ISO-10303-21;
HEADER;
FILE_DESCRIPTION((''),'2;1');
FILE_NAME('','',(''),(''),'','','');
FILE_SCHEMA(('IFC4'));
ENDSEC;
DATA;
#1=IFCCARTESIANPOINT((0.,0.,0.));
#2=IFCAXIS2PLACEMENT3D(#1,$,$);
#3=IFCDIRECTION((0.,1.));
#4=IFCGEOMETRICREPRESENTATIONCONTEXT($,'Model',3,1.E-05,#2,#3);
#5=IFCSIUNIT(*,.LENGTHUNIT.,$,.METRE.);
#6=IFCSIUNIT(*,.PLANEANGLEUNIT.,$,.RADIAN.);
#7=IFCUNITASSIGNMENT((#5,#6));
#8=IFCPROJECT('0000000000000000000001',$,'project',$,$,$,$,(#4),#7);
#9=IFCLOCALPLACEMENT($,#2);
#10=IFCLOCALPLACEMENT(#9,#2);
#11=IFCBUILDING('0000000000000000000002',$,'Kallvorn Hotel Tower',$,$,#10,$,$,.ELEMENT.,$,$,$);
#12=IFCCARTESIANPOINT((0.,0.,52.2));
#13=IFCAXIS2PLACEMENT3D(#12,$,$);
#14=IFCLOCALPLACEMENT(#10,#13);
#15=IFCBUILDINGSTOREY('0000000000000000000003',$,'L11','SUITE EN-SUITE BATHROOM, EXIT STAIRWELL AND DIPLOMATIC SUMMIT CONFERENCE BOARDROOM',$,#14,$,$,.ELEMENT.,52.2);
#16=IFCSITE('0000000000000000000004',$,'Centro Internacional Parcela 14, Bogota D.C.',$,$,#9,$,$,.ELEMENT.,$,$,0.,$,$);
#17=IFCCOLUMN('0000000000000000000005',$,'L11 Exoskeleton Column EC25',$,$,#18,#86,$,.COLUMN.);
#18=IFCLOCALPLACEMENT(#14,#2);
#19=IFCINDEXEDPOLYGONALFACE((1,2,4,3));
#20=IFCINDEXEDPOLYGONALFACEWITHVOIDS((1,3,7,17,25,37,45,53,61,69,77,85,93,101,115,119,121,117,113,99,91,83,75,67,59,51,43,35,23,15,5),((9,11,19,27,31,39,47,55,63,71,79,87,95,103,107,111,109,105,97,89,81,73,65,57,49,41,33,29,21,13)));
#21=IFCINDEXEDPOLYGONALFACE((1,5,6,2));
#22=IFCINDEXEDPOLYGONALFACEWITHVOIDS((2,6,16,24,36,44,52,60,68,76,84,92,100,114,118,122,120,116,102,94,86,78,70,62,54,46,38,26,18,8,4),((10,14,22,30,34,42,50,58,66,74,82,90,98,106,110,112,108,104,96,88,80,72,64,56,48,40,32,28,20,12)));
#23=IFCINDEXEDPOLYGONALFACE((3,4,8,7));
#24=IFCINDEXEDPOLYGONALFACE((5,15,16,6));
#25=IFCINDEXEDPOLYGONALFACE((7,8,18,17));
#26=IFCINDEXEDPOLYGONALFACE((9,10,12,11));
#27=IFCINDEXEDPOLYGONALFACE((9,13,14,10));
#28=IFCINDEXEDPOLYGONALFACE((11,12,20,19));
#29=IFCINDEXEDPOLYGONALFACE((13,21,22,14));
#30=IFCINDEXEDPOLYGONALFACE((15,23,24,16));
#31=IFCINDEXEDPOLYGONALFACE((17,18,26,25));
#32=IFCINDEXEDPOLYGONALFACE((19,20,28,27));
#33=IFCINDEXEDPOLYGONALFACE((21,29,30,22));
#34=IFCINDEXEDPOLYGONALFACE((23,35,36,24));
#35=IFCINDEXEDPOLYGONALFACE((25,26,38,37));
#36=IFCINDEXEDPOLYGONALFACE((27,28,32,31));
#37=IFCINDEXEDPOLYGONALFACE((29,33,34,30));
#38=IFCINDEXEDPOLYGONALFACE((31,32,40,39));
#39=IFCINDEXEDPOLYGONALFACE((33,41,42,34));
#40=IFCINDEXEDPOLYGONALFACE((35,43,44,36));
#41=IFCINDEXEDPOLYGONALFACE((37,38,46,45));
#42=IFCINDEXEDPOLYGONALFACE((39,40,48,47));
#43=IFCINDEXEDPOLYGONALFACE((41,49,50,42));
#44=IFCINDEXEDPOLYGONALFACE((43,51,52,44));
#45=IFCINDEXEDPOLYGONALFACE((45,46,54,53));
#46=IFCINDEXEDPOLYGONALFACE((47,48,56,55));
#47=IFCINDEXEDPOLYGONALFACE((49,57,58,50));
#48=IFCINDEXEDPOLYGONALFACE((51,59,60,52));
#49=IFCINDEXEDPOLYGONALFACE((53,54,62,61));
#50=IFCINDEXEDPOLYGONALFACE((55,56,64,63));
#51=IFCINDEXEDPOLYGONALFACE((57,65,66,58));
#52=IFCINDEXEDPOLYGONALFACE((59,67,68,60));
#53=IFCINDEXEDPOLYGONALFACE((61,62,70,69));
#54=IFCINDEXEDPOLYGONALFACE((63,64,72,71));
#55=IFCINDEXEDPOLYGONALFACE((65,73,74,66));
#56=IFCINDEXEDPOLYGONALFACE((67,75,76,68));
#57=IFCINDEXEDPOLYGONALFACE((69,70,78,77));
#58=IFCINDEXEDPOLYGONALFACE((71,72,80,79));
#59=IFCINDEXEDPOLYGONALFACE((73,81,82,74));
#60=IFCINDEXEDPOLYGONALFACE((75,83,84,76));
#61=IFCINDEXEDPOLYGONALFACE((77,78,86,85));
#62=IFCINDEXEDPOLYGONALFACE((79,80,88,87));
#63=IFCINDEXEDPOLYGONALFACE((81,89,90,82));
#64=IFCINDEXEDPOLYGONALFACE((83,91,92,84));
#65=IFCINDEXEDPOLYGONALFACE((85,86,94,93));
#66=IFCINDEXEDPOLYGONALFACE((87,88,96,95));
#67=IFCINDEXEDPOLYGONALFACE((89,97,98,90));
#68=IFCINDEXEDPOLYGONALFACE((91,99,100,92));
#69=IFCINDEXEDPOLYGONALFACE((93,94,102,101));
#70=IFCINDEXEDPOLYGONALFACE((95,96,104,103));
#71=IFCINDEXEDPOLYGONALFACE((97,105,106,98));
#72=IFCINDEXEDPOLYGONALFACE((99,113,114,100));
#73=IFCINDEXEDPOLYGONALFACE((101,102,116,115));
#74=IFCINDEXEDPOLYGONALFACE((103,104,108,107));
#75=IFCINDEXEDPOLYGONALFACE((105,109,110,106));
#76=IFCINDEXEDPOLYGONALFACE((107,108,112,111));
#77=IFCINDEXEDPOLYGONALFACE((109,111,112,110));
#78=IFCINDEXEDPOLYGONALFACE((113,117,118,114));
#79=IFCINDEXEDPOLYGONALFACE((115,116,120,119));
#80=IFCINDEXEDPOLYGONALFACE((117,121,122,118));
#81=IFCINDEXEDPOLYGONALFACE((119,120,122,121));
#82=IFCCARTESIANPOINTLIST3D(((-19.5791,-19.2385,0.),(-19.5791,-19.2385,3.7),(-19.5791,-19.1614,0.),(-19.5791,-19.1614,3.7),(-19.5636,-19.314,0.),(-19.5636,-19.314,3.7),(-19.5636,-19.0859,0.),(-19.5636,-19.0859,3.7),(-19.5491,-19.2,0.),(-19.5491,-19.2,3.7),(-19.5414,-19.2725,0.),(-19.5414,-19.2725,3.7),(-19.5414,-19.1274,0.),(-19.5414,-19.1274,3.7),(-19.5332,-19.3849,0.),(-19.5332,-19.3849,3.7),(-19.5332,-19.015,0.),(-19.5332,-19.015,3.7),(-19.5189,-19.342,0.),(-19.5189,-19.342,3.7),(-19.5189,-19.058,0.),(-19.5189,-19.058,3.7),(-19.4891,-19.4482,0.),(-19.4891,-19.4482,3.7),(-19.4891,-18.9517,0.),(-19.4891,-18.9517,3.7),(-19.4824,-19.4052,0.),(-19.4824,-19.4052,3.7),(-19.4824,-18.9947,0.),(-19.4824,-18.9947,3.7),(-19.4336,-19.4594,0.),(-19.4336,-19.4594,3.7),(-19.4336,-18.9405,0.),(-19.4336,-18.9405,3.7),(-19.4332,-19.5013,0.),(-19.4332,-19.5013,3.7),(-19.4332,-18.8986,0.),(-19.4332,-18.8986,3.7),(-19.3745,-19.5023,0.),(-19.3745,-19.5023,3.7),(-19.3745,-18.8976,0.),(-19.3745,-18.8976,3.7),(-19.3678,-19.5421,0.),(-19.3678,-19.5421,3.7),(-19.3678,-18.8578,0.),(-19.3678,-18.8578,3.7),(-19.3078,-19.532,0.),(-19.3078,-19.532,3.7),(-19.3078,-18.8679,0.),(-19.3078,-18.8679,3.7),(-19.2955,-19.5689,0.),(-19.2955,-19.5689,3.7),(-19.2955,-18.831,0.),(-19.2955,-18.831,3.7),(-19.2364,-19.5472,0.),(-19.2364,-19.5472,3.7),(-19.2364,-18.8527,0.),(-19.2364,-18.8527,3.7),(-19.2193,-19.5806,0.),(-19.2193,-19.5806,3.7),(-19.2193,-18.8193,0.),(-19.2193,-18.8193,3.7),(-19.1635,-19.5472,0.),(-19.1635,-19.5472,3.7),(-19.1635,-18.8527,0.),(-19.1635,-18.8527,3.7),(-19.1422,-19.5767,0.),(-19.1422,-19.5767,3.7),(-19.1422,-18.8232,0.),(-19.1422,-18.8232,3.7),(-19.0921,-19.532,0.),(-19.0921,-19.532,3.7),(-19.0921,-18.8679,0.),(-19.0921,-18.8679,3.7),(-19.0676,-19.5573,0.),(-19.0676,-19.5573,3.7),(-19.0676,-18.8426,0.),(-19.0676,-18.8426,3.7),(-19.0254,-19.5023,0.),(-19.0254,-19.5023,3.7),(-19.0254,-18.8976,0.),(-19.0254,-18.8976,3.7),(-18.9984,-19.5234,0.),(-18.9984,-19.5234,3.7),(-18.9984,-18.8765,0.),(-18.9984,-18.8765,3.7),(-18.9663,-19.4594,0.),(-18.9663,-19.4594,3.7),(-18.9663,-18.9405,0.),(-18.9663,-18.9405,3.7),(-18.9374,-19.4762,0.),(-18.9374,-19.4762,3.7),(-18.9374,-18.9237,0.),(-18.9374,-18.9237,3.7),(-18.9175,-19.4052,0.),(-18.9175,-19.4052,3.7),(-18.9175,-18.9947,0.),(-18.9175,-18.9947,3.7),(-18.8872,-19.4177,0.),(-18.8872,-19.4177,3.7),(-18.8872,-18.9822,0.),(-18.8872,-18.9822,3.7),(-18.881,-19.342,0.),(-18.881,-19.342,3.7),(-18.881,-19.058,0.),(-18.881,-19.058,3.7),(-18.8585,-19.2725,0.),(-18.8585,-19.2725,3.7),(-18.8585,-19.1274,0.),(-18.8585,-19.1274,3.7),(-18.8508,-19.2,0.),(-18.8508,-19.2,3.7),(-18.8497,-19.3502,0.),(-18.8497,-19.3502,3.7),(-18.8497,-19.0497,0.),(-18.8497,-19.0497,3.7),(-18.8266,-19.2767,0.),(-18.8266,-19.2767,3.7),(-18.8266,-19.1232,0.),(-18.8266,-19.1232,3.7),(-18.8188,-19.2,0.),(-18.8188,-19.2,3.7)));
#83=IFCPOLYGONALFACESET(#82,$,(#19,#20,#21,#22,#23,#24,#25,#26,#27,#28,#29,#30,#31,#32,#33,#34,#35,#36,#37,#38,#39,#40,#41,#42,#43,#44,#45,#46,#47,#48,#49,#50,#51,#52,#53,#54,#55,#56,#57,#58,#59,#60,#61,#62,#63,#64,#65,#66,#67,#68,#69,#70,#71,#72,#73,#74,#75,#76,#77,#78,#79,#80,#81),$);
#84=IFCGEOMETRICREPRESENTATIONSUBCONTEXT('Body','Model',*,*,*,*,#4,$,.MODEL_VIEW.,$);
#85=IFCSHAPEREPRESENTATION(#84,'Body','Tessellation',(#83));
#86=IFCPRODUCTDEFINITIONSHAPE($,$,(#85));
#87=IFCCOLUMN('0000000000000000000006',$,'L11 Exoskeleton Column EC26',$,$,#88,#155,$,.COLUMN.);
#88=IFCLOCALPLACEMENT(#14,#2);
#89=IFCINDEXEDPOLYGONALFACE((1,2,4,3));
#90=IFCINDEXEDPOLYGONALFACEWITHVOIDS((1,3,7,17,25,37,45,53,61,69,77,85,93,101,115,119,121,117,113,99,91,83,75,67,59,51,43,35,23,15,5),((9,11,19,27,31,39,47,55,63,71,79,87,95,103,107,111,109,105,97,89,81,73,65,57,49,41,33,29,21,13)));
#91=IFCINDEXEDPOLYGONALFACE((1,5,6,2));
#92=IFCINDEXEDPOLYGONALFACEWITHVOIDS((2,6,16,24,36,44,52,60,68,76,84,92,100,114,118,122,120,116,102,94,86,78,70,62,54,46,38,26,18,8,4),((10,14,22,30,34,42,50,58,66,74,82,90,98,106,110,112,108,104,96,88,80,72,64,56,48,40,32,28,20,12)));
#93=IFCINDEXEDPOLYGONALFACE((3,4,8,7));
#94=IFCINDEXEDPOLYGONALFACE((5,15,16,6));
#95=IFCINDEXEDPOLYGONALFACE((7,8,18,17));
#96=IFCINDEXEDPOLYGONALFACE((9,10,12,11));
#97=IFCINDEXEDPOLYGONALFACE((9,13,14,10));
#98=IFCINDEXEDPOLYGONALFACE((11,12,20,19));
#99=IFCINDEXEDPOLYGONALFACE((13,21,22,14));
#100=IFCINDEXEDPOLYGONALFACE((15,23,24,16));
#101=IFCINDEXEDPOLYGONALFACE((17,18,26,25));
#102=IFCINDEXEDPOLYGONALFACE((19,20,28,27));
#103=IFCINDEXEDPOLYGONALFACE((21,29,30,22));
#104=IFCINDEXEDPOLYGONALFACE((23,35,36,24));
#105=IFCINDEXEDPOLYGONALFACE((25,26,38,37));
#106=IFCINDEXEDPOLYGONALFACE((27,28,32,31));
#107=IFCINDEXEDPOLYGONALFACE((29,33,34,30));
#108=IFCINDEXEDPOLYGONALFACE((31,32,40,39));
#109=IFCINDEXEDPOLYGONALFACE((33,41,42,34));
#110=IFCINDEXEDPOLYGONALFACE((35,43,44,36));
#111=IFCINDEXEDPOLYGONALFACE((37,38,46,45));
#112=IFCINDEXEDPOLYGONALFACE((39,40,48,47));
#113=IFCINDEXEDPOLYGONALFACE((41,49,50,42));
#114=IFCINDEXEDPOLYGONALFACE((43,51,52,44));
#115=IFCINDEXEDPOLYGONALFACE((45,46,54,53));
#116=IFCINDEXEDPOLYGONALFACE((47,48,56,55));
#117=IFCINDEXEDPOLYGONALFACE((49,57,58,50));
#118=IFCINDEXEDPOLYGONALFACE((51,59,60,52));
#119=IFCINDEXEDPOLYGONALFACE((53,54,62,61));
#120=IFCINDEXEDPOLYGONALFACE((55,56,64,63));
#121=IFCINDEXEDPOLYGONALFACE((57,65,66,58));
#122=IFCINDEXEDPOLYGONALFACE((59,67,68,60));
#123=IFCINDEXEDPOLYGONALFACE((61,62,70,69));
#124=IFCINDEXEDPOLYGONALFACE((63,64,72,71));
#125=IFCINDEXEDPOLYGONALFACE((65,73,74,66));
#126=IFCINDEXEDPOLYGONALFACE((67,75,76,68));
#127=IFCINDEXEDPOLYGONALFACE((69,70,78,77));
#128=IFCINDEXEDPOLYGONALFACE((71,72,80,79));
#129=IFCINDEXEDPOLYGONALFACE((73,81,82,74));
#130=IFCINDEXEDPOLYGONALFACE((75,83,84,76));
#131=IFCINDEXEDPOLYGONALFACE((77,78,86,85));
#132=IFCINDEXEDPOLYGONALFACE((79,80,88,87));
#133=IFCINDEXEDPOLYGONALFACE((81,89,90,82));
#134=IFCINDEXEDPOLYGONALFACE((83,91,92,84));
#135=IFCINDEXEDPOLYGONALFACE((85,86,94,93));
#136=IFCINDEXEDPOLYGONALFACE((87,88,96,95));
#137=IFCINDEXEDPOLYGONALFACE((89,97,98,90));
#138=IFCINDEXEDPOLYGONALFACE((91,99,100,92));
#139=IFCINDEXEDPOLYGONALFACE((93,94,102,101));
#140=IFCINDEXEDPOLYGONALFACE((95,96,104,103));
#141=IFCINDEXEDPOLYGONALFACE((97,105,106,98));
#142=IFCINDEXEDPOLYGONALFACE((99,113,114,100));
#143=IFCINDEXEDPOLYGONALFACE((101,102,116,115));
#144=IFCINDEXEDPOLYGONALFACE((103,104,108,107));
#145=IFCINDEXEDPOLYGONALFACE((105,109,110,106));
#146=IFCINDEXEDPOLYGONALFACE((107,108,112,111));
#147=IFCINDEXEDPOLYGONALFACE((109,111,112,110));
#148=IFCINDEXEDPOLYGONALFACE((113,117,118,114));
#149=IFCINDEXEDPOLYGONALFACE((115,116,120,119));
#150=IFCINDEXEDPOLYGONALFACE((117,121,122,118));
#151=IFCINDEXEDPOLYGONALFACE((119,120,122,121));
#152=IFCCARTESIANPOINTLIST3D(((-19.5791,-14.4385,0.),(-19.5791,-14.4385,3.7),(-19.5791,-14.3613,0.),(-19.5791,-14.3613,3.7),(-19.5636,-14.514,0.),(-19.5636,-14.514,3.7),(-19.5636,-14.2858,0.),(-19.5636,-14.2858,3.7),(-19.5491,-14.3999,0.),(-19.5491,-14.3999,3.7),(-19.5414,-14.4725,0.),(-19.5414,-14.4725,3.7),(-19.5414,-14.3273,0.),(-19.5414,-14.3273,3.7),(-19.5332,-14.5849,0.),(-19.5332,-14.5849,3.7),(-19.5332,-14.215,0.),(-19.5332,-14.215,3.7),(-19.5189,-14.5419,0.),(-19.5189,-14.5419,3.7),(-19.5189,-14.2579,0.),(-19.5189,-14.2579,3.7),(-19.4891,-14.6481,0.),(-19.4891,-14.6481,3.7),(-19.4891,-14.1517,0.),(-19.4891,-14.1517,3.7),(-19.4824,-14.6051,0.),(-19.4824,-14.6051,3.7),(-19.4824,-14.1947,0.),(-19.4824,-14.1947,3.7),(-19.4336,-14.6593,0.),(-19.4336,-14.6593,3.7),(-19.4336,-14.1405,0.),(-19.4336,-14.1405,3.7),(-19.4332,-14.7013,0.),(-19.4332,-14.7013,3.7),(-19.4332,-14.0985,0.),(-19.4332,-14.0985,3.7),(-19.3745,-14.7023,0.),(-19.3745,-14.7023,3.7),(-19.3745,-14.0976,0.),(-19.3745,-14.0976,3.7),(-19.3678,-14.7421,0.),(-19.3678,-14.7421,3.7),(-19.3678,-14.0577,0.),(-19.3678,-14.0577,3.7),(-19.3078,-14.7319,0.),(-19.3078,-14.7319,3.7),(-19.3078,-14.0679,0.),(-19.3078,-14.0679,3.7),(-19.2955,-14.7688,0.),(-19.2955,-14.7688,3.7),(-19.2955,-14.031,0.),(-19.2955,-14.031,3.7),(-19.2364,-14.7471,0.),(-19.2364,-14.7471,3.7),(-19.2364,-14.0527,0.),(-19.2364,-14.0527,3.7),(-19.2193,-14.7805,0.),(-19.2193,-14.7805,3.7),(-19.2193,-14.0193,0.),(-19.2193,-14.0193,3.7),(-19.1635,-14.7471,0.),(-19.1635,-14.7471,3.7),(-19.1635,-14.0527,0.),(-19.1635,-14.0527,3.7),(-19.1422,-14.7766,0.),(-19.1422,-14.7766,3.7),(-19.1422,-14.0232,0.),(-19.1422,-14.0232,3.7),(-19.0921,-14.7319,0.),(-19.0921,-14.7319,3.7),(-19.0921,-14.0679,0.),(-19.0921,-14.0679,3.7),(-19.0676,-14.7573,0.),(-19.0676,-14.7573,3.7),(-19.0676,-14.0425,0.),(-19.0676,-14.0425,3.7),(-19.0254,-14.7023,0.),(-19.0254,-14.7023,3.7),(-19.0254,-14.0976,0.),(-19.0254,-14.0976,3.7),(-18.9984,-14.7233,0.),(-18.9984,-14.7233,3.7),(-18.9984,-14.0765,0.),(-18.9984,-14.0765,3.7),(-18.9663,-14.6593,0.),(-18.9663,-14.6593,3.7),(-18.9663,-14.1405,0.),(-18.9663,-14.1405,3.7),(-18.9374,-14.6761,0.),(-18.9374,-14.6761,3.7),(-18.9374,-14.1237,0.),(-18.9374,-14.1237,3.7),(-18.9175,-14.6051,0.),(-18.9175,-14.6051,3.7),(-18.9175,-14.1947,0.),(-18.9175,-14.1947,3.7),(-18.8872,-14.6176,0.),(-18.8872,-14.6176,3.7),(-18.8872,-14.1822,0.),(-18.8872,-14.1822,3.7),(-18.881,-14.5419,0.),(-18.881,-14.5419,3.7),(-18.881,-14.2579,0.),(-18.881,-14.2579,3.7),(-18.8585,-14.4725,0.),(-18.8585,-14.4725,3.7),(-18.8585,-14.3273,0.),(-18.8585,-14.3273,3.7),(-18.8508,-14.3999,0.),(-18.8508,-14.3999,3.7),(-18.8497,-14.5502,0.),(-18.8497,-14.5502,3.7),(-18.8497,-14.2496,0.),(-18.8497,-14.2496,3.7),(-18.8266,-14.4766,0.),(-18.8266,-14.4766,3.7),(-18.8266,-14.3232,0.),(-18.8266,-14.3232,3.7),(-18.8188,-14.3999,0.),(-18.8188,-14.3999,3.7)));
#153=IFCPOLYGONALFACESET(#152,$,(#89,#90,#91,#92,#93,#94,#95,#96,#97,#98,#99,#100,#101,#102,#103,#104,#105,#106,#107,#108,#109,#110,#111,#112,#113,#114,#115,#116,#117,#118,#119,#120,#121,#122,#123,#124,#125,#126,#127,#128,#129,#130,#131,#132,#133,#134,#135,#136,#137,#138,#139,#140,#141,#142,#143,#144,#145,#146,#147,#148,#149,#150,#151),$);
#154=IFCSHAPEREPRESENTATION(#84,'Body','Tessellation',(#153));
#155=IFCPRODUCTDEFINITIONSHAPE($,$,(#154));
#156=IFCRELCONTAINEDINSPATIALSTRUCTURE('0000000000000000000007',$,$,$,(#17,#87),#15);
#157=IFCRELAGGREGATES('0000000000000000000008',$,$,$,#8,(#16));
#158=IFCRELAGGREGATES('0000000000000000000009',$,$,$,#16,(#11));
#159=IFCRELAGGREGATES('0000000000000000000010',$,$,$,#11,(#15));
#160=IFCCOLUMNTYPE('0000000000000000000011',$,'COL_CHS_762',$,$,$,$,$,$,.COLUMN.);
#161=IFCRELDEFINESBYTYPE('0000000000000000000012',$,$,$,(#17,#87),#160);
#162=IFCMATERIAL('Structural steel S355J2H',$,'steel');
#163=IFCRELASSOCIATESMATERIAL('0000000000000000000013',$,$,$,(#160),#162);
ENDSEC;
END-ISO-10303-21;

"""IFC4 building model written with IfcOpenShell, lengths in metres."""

from ifc_helpers import new_model, si_unit, direction, frame, origin, origin_2d, place, context, subcontext, project, spatial, hollow_circle, extrude, material, material_profile, profile_set, type_object, element, save


model = new_model("IFC4")

# Units and contexts
model_context = context("Model", 3, precision=1e-05, world=origin(), true_north=direction((0.0, 1.0)))
body_context = subcontext(model_context, "Body", "Model", "MODEL_VIEW")
ifc_project = project(units=[si_unit("LENGTHUNIT", "METRE"), si_unit("PLANEANGLEUNIT", "RADIAN")], contexts=[model_context])

# Site, building, storey
site_placement = place(None, origin())
site = spatial("IfcSite", under=ifc_project, at=site_placement, Name="Centro Internacional Parcela 14, Bogota D.C.", CompositionType="ELEMENT", RefElevation=0.0)
building_placement = place(site_placement, origin())
building = spatial("IfcBuilding", under=site, at=building_placement, Name="Kallvorn Hotel Tower", CompositionType="ELEMENT")
storey_placement = place(building_placement, frame((0.0, 0.0, 52.2)))
storey = spatial("IfcBuildingStorey", under=building, at=storey_placement, Name="L11", Description="SUITE EN-SUITE BATHROOM, EXIT STAIRWELL AND DIPLOMATIC SUMMIT CONFERENCE BOARDROOM", CompositionType="ELEMENT", Elevation=52.2)

# Columns
ifc_material_1 = material(Name="Structural steel S355J2H", Category="steel")
ifc_material_profile_1 = material_profile(ifc_material_1, hollow_circle(Radius=0.3811, WallThickness=0.032, at=origin_2d()), Name="CHS 762x32")
ifc_profile_set_1 = profile_set([ifc_material_profile_1], Name="Structural steel S355J2H")
column_type_1 = type_object("IfcColumnType", Name="COL_CHS_762", PredefinedType="COLUMN", material=ifc_profile_set_1)
for number, where, z_axis, x_axis, name in (
    (1, (-19.2, -19.2, 0.0), (0.0, 0.0, 1.0), (1.0, 0.0, 0.0), "L11 Exoskeleton Column EC25"),
    (2, (-19.2, -14.3999, 0.0), (0.0, 0.0, 1.0), (1.0, 0.0, 0.0), "L11 Exoskeleton Column EC26"),
):
    element("IfcColumn", number, at=place(storey_placement, frame(where, z_axis=z_axis, x_axis=x_axis)), inside=storey, type_object=column_type_1, Name=name, PredefinedType="COLUMN", context=body_context, shape_type="SweptSolid", body=[
        extrude(hollow_circle(Radius=0.3811, WallThickness=0.032, at=origin_2d()), origin(), (0.0, 0.0, 1.0), 3.7),
    ])

save(model, "model.ifc")
